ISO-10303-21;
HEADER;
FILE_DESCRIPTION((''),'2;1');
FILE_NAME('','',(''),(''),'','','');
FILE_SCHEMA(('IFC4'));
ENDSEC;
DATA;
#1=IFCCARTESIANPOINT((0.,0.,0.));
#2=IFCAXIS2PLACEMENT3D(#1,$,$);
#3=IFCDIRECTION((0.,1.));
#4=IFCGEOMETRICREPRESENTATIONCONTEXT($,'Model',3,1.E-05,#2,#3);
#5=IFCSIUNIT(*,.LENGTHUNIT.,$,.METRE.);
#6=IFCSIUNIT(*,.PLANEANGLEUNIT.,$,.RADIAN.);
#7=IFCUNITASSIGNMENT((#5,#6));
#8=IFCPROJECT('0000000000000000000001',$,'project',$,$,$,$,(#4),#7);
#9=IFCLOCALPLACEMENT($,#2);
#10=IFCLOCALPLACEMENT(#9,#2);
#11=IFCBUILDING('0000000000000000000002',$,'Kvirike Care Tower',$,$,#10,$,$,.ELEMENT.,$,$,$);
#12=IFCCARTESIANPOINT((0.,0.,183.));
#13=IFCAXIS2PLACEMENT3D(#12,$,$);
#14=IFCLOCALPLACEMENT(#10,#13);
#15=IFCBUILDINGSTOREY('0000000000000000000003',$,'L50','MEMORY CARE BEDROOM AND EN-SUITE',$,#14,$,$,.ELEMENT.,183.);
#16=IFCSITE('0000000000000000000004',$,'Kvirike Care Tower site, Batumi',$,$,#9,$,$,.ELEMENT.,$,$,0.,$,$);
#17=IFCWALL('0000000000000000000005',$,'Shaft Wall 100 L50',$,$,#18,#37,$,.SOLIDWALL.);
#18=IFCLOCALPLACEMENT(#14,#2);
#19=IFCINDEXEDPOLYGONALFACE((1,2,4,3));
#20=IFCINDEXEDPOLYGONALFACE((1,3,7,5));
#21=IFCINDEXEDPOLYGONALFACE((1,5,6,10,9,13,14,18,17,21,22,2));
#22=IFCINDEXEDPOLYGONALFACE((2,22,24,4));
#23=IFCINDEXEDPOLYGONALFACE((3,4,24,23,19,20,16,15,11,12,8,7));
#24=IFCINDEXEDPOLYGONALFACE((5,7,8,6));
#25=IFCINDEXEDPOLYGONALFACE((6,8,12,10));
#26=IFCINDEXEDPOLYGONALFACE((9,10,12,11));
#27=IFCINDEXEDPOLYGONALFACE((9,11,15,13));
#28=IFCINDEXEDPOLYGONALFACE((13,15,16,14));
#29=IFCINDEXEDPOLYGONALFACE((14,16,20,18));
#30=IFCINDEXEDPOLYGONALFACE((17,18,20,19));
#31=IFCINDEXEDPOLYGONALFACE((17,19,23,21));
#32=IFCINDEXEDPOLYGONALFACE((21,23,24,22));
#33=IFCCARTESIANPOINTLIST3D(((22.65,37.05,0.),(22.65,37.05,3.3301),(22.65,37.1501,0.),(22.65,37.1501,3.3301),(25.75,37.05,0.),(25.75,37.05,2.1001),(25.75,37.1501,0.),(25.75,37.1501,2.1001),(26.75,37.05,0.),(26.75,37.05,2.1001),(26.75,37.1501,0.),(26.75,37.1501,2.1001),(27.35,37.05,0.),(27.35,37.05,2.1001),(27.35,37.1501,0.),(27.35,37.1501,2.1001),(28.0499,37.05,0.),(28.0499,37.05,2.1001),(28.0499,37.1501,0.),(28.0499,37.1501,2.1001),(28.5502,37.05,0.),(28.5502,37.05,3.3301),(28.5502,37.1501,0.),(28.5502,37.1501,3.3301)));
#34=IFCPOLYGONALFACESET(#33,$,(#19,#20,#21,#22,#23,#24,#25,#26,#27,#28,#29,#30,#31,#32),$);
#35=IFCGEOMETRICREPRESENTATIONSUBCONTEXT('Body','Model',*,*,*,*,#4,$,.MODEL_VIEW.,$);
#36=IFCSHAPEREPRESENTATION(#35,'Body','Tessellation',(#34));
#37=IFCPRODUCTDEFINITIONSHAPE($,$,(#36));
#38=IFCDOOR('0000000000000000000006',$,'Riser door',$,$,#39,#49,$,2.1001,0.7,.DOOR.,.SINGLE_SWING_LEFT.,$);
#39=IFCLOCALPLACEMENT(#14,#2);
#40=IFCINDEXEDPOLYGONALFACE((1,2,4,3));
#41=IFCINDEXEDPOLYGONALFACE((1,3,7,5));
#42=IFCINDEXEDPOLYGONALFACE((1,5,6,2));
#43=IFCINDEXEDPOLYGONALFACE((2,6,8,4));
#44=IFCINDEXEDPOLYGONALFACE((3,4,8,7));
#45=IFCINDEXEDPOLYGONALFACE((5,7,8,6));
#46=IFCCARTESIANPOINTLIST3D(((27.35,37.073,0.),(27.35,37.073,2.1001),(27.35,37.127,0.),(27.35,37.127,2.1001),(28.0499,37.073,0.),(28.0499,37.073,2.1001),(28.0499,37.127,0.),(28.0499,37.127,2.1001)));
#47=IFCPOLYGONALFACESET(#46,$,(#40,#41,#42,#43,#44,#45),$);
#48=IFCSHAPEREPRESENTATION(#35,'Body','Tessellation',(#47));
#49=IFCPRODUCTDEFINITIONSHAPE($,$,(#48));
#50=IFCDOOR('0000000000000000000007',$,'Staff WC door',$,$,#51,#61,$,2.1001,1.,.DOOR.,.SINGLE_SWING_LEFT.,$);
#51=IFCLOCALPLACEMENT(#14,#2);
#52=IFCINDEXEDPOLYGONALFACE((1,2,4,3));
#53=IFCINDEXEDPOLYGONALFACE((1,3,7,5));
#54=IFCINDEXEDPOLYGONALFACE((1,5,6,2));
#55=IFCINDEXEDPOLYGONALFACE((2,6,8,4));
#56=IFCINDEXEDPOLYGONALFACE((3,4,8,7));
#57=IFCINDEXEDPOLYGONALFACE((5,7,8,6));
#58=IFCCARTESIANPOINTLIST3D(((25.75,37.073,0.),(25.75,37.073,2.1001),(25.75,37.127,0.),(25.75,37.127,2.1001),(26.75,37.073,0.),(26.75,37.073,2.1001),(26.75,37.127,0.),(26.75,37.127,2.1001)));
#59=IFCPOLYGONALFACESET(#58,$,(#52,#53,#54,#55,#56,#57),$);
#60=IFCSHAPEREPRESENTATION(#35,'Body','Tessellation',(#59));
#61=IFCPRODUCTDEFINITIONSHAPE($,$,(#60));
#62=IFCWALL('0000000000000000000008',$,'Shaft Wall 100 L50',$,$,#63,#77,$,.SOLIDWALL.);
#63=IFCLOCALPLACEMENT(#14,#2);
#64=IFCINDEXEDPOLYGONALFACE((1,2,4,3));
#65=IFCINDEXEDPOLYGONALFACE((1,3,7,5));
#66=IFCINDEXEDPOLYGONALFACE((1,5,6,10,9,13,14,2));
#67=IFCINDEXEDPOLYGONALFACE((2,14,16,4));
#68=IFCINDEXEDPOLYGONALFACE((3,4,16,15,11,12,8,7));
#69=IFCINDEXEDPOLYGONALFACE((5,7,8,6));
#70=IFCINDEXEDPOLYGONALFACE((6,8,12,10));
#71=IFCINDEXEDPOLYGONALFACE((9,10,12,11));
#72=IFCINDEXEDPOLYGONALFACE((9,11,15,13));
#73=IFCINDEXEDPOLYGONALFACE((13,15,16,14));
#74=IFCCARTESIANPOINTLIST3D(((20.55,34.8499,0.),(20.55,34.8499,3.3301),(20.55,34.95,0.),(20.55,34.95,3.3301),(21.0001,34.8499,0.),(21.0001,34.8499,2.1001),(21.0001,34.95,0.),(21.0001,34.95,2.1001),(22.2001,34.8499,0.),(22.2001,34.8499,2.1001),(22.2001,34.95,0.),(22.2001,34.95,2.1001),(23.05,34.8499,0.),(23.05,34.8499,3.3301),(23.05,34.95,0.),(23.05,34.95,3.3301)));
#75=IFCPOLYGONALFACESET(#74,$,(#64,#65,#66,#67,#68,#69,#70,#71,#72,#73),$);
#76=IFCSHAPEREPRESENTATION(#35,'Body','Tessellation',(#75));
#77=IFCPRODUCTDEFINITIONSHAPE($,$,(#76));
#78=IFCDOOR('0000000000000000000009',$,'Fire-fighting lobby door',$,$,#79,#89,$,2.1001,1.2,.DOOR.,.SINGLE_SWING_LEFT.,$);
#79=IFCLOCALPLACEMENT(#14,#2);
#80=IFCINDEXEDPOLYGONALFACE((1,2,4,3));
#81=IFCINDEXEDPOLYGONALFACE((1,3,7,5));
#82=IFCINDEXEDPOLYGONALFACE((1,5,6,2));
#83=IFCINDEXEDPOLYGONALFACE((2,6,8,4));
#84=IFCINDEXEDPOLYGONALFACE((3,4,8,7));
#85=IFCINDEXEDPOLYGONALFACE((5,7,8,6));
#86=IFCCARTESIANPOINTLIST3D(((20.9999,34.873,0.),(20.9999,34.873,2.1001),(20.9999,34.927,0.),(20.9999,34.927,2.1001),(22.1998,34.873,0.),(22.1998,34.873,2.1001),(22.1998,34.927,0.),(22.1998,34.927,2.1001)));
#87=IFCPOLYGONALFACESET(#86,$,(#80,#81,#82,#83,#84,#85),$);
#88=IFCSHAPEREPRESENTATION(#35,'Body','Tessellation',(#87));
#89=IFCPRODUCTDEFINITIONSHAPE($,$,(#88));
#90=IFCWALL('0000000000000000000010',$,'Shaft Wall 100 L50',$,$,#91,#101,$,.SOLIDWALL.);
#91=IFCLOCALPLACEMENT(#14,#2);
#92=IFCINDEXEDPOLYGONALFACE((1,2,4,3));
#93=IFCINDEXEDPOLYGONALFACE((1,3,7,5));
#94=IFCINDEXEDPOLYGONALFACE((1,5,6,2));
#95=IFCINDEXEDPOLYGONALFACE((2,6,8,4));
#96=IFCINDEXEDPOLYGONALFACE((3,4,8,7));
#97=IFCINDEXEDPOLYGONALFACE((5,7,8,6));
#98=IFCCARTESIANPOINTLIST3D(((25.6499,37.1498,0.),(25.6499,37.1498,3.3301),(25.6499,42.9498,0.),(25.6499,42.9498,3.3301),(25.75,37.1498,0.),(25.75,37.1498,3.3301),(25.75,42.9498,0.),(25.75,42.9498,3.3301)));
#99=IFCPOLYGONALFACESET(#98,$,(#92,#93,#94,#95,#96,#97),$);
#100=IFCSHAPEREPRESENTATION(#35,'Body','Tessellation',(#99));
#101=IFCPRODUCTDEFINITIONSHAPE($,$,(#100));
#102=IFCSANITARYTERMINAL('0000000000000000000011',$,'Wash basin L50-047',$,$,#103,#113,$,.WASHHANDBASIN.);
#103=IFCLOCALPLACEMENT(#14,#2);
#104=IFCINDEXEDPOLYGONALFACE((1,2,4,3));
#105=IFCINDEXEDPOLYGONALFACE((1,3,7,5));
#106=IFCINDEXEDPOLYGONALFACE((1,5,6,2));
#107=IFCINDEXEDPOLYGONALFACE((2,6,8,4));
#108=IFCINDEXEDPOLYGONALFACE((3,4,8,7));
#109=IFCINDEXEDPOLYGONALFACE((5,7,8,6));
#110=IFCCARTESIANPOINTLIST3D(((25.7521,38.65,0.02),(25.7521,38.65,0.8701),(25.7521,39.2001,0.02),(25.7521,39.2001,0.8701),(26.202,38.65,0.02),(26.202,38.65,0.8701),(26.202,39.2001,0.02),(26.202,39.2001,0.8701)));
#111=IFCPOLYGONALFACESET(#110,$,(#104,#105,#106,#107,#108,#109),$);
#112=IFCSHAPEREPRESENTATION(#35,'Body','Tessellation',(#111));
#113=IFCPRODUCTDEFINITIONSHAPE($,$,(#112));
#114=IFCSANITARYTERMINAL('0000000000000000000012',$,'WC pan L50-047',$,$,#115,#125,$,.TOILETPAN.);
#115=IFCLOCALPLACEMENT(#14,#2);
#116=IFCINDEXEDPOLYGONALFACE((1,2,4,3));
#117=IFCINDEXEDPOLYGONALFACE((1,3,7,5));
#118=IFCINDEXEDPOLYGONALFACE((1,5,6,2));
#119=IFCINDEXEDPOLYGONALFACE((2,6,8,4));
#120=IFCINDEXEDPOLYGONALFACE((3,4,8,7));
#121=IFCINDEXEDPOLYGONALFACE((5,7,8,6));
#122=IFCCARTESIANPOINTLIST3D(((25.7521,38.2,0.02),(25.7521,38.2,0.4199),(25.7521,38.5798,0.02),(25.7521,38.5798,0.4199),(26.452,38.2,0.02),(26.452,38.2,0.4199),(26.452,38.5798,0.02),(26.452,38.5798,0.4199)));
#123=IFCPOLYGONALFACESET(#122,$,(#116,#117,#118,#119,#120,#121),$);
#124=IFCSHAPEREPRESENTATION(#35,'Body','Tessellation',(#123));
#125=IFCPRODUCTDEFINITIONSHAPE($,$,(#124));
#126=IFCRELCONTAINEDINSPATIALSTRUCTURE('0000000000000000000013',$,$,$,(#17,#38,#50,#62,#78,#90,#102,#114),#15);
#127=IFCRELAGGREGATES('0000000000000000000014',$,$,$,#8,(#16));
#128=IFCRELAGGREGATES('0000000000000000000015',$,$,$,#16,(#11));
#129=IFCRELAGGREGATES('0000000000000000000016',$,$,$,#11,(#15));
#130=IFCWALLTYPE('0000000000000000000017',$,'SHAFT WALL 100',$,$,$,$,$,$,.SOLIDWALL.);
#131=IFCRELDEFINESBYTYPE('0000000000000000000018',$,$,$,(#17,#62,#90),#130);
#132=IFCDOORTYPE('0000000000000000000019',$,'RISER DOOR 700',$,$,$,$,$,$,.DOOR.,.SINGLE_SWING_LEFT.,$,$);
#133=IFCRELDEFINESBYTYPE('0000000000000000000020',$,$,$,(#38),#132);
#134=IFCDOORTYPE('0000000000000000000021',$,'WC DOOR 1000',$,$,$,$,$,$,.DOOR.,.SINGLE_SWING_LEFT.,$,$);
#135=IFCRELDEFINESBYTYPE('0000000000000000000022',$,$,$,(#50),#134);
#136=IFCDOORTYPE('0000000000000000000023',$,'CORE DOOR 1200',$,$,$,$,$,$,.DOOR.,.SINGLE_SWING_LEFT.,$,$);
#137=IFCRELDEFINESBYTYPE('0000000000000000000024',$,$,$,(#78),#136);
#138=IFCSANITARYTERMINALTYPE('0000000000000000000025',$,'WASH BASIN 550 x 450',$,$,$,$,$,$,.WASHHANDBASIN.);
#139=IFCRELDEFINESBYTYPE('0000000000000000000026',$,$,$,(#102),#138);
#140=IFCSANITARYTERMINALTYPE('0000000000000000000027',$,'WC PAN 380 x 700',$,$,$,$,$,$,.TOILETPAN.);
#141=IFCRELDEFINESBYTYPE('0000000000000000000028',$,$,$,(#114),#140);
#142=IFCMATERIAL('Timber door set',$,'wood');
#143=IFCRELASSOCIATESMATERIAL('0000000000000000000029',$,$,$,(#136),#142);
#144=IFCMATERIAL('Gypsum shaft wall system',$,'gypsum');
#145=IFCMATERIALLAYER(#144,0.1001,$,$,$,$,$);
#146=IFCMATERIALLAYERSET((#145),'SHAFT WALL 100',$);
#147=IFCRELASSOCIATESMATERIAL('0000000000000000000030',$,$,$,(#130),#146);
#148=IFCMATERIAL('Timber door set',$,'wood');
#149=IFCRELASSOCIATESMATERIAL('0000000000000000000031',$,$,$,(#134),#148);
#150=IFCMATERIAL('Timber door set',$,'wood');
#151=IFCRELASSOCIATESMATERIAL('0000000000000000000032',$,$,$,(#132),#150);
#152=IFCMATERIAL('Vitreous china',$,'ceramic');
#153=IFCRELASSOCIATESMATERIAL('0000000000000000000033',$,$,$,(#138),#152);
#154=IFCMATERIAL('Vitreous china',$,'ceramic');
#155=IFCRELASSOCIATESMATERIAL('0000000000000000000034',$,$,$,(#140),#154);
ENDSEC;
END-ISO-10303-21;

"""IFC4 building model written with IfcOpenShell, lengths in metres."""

from ifc_helpers import new_model, si_unit, direction, frame, frame_2d, origin, origin_2d, place, context, subcontext, project, spatial, rectangle, extrude, material, layer, layer_set, type_object, element, fill, save


model = new_model("IFC4")

# Units and contexts
model_context = context("Model", 3, precision=1e-05, world=origin(), true_north=direction((0.0, 1.0)))
body_context = subcontext(model_context, "Body", "Model", "MODEL_VIEW")
ifc_project = project(units=[si_unit("LENGTHUNIT", "METRE"), si_unit("PLANEANGLEUNIT", "RADIAN")], contexts=[model_context])

# Site, building, storey
site_placement = place(None, origin())
site = spatial("IfcSite", under=ifc_project, at=site_placement, Name="Kvirike Care Tower site, Batumi", CompositionType="ELEMENT", RefElevation=0.0)
building_placement = place(site_placement, origin())
building = spatial("IfcBuilding", under=site, at=building_placement, Name="Kvirike Care Tower", CompositionType="ELEMENT")
storey_placement = place(building_placement, frame((0.0, 0.0, 183.0)))
storey = spatial("IfcBuildingStorey", under=building, at=storey_placement, Name="L50", Description="MEMORY CARE BEDROOM AND EN-SUITE", CompositionType="ELEMENT", Elevation=183.0)

# Shared definitions
ifc_material_1 = material(Name="Timber door set", Category="wood")
door_type_1 = type_object("IfcDoorType", Name="CORE DOOR 1200", OperationType="SINGLE_SWING_LEFT", PredefinedType="DOOR", material=ifc_material_1)

# Shared definitions
ifc_material_2 = material(Name="Gypsum shaft wall system", Category="gypsum")
ifc_layer_1 = layer(ifc_material_2, 0.1001)
ifc_layer_set_1 = layer_set([ifc_layer_1], Name="SHAFT WALL 100")
wall_type_1 = type_object("IfcWallType", Name="SHAFT WALL 100", PredefinedType="SOLIDWALL", material=ifc_layer_set_1)

# Shared definitions
ifc_material_3 = material(Name="Timber door set", Category="wood")
door_type_2 = type_object("IfcDoorType", Name="WC DOOR 1000", OperationType="SINGLE_SWING_LEFT", PredefinedType="DOOR", material=ifc_material_3)

# Wall, openings, doors
wall_1_placement = place(storey_placement, frame((22.6499, 37.1001, 0.0), z_axis=(0.0, 0.0, 1.0), x_axis=(1.0, 0.0, 0.0)))
wall_1 = element("IfcWall", 1, at=wall_1_placement, inside=storey, type_object=wall_type_1, Name="Shaft Wall 100 L50", PredefinedType="SOLIDWALL", context=body_context, shape_type="SweptSolid", body=[
    extrude(rectangle(XDim=5.9001, YDim=0.1001, at=frame_2d((2.9502, 0.0))), origin(), (0.0, 0.0, 1.0), 3.3301),
])
opening_1_placement = place(wall_1_placement, frame((3.1001, 0.0, 0.0)))
opening_1 = element("IfcOpeningElement", 2, at=opening_1_placement, cuts=wall_1, PredefinedType="OPENING", context=body_context, shape_type="SweptSolid", body=[
    extrude(rectangle(XDim=1.0, YDim=2.1001, at=frame_2d((0.5, 1.05))), frame((0.0, 0.0605, 0.0), z_axis=(0.0, -1.0, 0.0), x_axis=(1.0, 0.0, 0.0)), (0.0, 0.0, 1.0), 0.1211),
])
opening_2_placement = place(wall_1_placement, frame((4.7, 0.0, 0.0)))
opening_2 = element("IfcOpeningElement", 3, at=opening_2_placement, cuts=wall_1, PredefinedType="OPENING", context=body_context, shape_type="SweptSolid", body=[
    extrude(rectangle(XDim=0.7, YDim=2.1001, at=frame_2d((0.3501, 1.05))), frame((0.0, 0.0605, 0.0), z_axis=(0.0, -1.0, 0.0), x_axis=(1.0, 0.0, 0.0)), (0.0, 0.0, 1.0), 0.1211),
])
ifc_material_4 = material(Name="Timber door set", Category="wood")
door_type_3 = type_object("IfcDoorType", Name="RISER DOOR 700", OperationType="SINGLE_SWING_LEFT", PredefinedType="DOOR", material=ifc_material_4)
door_1_placement = place(opening_2_placement, origin())
door_1 = element("IfcDoor", 4, at=door_1_placement, inside=storey, type_object=door_type_3, Name="Riser door", OperationType="SINGLE_SWING_LEFT", OverallHeight=2.1001, OverallWidth=0.7, PredefinedType="DOOR", context=body_context, shape_type="SweptSolid", body=[
    extrude(rectangle(XDim=0.7, YDim=2.1001, at=frame_2d((0.3501, 1.05))), frame((0.0, 0.0269, 0.0), z_axis=(0.0, -1.0, 0.0), x_axis=(1.0, 0.0, 0.0)), (0.0, 0.0, 1.0), 0.054),
])
fill(opening_2, door_1)
door_2_placement = place(opening_1_placement, origin())
door_2 = element("IfcDoor", 5, at=door_2_placement, inside=storey, type_object=door_type_2, Name="Staff WC door", OperationType="SINGLE_SWING_LEFT", OverallHeight=2.1001, OverallWidth=1.0, PredefinedType="DOOR", context=body_context, shape_type="SweptSolid", body=[
    extrude(rectangle(XDim=1.0, YDim=2.1001, at=frame_2d((0.5, 1.05))), frame((0.0, 0.0269, 0.0), z_axis=(0.0, -1.0, 0.0), x_axis=(1.0, 0.0, 0.0)), (0.0, 0.0, 1.0), 0.054),
])
fill(opening_1, door_2)

# Wall, opening, door
wall_2_placement = place(storey_placement, frame((20.55, 34.8999, 0.0), z_axis=(0.0, 0.0, 1.0), x_axis=(1.0, 0.0, 0.0)))
wall_2 = element("IfcWall", 6, at=wall_2_placement, inside=storey, type_object=wall_type_1, Name="Shaft Wall 100 L50", PredefinedType="SOLIDWALL", context=body_context, shape_type="SweptSolid", body=[
    extrude(rectangle(XDim=2.5, YDim=0.1001, at=frame_2d((1.25, 0.0))), origin(), (0.0, 0.0, 1.0), 3.3301),
])
opening_3_placement = place(wall_2_placement, frame((0.45, 0.0, 0.0)))
opening_3 = element("IfcOpeningElement", 7, at=opening_3_placement, cuts=wall_2, PredefinedType="OPENING", context=body_context, shape_type="SweptSolid", body=[
    extrude(rectangle(XDim=1.2, YDim=2.1001, at=frame_2d((0.6001, 1.05))), frame((0.0, 0.0605, 0.0), z_axis=(0.0, -1.0, 0.0), x_axis=(1.0, 0.0, 0.0)), (0.0, 0.0, 1.0), 0.1211),
])
door_3_placement = place(opening_3_placement, frame((1.2, 0.0, 0.0), z_axis=(0.0, 0.0, 1.0), x_axis=(-1.0, 0.0, 0.0)))
door_3 = element("IfcDoor", 8, at=door_3_placement, inside=storey, type_object=door_type_1, Name="Fire-fighting lobby door", OperationType="SINGLE_SWING_LEFT", OverallHeight=2.1001, OverallWidth=1.2, PredefinedType="DOOR", context=body_context, shape_type="SweptSolid", body=[
    extrude(rectangle(XDim=1.2, YDim=2.1001, at=frame_2d((0.6001, 1.05))), frame((0.0, 0.0269, 0.0), z_axis=(0.0, -1.0, 0.0), x_axis=(1.0, 0.0, 0.0)), (0.0, 0.0, 1.0), 0.054),
])
fill(opening_3, door_3)

# Wall
wall_3_placement = place(storey_placement, frame((25.7, 37.1499, 0.0), z_axis=(0.0, 0.0, 1.0), x_axis=(0.0, 1.0, 0.0)))
element("IfcWall", 9, at=wall_3_placement, inside=storey, type_object=wall_type_1, Name="Shaft Wall 100 L50", PredefinedType="SOLIDWALL", context=body_context, shape_type="SweptSolid", body=[
    extrude(rectangle(XDim=5.8, YDim=0.1001, at=frame_2d((2.8999, 0.0))), origin(), (0.0, 0.0, 1.0), 3.3301),
])

# Sanitary terminals
ifc_material_5 = material(Name="Vitreous china", Category="ceramic")
sanitary_terminal_type_1 = type_object("IfcSanitaryTerminalType", Name="WASH BASIN 550 x 450", PredefinedType="WASHHANDBASIN", material=ifc_material_5)
sanitary_terminal_1_placement = place(storey_placement, frame((25.9771, 38.925, 0.02), z_axis=(0.0, 0.0, 1.0), x_axis=(0.0, 1.0, 0.0)))
element("IfcSanitaryTerminal", 10, at=sanitary_terminal_1_placement, inside=storey, type_object=sanitary_terminal_type_1, Name="Wash basin L50-047", PredefinedType="WASHHANDBASIN", context=body_context, shape_type="SweptSolid", body=[
    extrude(rectangle(XDim=0.55, YDim=0.45, at=origin_2d()), origin(), (0.0, 0.0, 1.0), 0.8501),
])
ifc_material_6 = material(Name="Vitreous china", Category="ceramic")
sanitary_terminal_type_2 = type_object("IfcSanitaryTerminalType", Name="WC PAN 380 x 700", PredefinedType="TOILETPAN", material=ifc_material_6)
sanitary_terminal_2_placement = place(storey_placement, frame((26.1021, 38.3899, 0.02), z_axis=(0.0, 0.0, 1.0), x_axis=(0.0, 1.0, 0.0)))
element("IfcSanitaryTerminal", 11, at=sanitary_terminal_2_placement, inside=storey, type_object=sanitary_terminal_type_2, Name="WC pan L50-047", PredefinedType="TOILETPAN", context=body_context, shape_type="SweptSolid", body=[
    extrude(rectangle(XDim=0.3799, YDim=0.7, at=origin_2d()), origin(), (0.0, 0.0, 1.0), 0.3999),
])

save(model, "model.ifc")
